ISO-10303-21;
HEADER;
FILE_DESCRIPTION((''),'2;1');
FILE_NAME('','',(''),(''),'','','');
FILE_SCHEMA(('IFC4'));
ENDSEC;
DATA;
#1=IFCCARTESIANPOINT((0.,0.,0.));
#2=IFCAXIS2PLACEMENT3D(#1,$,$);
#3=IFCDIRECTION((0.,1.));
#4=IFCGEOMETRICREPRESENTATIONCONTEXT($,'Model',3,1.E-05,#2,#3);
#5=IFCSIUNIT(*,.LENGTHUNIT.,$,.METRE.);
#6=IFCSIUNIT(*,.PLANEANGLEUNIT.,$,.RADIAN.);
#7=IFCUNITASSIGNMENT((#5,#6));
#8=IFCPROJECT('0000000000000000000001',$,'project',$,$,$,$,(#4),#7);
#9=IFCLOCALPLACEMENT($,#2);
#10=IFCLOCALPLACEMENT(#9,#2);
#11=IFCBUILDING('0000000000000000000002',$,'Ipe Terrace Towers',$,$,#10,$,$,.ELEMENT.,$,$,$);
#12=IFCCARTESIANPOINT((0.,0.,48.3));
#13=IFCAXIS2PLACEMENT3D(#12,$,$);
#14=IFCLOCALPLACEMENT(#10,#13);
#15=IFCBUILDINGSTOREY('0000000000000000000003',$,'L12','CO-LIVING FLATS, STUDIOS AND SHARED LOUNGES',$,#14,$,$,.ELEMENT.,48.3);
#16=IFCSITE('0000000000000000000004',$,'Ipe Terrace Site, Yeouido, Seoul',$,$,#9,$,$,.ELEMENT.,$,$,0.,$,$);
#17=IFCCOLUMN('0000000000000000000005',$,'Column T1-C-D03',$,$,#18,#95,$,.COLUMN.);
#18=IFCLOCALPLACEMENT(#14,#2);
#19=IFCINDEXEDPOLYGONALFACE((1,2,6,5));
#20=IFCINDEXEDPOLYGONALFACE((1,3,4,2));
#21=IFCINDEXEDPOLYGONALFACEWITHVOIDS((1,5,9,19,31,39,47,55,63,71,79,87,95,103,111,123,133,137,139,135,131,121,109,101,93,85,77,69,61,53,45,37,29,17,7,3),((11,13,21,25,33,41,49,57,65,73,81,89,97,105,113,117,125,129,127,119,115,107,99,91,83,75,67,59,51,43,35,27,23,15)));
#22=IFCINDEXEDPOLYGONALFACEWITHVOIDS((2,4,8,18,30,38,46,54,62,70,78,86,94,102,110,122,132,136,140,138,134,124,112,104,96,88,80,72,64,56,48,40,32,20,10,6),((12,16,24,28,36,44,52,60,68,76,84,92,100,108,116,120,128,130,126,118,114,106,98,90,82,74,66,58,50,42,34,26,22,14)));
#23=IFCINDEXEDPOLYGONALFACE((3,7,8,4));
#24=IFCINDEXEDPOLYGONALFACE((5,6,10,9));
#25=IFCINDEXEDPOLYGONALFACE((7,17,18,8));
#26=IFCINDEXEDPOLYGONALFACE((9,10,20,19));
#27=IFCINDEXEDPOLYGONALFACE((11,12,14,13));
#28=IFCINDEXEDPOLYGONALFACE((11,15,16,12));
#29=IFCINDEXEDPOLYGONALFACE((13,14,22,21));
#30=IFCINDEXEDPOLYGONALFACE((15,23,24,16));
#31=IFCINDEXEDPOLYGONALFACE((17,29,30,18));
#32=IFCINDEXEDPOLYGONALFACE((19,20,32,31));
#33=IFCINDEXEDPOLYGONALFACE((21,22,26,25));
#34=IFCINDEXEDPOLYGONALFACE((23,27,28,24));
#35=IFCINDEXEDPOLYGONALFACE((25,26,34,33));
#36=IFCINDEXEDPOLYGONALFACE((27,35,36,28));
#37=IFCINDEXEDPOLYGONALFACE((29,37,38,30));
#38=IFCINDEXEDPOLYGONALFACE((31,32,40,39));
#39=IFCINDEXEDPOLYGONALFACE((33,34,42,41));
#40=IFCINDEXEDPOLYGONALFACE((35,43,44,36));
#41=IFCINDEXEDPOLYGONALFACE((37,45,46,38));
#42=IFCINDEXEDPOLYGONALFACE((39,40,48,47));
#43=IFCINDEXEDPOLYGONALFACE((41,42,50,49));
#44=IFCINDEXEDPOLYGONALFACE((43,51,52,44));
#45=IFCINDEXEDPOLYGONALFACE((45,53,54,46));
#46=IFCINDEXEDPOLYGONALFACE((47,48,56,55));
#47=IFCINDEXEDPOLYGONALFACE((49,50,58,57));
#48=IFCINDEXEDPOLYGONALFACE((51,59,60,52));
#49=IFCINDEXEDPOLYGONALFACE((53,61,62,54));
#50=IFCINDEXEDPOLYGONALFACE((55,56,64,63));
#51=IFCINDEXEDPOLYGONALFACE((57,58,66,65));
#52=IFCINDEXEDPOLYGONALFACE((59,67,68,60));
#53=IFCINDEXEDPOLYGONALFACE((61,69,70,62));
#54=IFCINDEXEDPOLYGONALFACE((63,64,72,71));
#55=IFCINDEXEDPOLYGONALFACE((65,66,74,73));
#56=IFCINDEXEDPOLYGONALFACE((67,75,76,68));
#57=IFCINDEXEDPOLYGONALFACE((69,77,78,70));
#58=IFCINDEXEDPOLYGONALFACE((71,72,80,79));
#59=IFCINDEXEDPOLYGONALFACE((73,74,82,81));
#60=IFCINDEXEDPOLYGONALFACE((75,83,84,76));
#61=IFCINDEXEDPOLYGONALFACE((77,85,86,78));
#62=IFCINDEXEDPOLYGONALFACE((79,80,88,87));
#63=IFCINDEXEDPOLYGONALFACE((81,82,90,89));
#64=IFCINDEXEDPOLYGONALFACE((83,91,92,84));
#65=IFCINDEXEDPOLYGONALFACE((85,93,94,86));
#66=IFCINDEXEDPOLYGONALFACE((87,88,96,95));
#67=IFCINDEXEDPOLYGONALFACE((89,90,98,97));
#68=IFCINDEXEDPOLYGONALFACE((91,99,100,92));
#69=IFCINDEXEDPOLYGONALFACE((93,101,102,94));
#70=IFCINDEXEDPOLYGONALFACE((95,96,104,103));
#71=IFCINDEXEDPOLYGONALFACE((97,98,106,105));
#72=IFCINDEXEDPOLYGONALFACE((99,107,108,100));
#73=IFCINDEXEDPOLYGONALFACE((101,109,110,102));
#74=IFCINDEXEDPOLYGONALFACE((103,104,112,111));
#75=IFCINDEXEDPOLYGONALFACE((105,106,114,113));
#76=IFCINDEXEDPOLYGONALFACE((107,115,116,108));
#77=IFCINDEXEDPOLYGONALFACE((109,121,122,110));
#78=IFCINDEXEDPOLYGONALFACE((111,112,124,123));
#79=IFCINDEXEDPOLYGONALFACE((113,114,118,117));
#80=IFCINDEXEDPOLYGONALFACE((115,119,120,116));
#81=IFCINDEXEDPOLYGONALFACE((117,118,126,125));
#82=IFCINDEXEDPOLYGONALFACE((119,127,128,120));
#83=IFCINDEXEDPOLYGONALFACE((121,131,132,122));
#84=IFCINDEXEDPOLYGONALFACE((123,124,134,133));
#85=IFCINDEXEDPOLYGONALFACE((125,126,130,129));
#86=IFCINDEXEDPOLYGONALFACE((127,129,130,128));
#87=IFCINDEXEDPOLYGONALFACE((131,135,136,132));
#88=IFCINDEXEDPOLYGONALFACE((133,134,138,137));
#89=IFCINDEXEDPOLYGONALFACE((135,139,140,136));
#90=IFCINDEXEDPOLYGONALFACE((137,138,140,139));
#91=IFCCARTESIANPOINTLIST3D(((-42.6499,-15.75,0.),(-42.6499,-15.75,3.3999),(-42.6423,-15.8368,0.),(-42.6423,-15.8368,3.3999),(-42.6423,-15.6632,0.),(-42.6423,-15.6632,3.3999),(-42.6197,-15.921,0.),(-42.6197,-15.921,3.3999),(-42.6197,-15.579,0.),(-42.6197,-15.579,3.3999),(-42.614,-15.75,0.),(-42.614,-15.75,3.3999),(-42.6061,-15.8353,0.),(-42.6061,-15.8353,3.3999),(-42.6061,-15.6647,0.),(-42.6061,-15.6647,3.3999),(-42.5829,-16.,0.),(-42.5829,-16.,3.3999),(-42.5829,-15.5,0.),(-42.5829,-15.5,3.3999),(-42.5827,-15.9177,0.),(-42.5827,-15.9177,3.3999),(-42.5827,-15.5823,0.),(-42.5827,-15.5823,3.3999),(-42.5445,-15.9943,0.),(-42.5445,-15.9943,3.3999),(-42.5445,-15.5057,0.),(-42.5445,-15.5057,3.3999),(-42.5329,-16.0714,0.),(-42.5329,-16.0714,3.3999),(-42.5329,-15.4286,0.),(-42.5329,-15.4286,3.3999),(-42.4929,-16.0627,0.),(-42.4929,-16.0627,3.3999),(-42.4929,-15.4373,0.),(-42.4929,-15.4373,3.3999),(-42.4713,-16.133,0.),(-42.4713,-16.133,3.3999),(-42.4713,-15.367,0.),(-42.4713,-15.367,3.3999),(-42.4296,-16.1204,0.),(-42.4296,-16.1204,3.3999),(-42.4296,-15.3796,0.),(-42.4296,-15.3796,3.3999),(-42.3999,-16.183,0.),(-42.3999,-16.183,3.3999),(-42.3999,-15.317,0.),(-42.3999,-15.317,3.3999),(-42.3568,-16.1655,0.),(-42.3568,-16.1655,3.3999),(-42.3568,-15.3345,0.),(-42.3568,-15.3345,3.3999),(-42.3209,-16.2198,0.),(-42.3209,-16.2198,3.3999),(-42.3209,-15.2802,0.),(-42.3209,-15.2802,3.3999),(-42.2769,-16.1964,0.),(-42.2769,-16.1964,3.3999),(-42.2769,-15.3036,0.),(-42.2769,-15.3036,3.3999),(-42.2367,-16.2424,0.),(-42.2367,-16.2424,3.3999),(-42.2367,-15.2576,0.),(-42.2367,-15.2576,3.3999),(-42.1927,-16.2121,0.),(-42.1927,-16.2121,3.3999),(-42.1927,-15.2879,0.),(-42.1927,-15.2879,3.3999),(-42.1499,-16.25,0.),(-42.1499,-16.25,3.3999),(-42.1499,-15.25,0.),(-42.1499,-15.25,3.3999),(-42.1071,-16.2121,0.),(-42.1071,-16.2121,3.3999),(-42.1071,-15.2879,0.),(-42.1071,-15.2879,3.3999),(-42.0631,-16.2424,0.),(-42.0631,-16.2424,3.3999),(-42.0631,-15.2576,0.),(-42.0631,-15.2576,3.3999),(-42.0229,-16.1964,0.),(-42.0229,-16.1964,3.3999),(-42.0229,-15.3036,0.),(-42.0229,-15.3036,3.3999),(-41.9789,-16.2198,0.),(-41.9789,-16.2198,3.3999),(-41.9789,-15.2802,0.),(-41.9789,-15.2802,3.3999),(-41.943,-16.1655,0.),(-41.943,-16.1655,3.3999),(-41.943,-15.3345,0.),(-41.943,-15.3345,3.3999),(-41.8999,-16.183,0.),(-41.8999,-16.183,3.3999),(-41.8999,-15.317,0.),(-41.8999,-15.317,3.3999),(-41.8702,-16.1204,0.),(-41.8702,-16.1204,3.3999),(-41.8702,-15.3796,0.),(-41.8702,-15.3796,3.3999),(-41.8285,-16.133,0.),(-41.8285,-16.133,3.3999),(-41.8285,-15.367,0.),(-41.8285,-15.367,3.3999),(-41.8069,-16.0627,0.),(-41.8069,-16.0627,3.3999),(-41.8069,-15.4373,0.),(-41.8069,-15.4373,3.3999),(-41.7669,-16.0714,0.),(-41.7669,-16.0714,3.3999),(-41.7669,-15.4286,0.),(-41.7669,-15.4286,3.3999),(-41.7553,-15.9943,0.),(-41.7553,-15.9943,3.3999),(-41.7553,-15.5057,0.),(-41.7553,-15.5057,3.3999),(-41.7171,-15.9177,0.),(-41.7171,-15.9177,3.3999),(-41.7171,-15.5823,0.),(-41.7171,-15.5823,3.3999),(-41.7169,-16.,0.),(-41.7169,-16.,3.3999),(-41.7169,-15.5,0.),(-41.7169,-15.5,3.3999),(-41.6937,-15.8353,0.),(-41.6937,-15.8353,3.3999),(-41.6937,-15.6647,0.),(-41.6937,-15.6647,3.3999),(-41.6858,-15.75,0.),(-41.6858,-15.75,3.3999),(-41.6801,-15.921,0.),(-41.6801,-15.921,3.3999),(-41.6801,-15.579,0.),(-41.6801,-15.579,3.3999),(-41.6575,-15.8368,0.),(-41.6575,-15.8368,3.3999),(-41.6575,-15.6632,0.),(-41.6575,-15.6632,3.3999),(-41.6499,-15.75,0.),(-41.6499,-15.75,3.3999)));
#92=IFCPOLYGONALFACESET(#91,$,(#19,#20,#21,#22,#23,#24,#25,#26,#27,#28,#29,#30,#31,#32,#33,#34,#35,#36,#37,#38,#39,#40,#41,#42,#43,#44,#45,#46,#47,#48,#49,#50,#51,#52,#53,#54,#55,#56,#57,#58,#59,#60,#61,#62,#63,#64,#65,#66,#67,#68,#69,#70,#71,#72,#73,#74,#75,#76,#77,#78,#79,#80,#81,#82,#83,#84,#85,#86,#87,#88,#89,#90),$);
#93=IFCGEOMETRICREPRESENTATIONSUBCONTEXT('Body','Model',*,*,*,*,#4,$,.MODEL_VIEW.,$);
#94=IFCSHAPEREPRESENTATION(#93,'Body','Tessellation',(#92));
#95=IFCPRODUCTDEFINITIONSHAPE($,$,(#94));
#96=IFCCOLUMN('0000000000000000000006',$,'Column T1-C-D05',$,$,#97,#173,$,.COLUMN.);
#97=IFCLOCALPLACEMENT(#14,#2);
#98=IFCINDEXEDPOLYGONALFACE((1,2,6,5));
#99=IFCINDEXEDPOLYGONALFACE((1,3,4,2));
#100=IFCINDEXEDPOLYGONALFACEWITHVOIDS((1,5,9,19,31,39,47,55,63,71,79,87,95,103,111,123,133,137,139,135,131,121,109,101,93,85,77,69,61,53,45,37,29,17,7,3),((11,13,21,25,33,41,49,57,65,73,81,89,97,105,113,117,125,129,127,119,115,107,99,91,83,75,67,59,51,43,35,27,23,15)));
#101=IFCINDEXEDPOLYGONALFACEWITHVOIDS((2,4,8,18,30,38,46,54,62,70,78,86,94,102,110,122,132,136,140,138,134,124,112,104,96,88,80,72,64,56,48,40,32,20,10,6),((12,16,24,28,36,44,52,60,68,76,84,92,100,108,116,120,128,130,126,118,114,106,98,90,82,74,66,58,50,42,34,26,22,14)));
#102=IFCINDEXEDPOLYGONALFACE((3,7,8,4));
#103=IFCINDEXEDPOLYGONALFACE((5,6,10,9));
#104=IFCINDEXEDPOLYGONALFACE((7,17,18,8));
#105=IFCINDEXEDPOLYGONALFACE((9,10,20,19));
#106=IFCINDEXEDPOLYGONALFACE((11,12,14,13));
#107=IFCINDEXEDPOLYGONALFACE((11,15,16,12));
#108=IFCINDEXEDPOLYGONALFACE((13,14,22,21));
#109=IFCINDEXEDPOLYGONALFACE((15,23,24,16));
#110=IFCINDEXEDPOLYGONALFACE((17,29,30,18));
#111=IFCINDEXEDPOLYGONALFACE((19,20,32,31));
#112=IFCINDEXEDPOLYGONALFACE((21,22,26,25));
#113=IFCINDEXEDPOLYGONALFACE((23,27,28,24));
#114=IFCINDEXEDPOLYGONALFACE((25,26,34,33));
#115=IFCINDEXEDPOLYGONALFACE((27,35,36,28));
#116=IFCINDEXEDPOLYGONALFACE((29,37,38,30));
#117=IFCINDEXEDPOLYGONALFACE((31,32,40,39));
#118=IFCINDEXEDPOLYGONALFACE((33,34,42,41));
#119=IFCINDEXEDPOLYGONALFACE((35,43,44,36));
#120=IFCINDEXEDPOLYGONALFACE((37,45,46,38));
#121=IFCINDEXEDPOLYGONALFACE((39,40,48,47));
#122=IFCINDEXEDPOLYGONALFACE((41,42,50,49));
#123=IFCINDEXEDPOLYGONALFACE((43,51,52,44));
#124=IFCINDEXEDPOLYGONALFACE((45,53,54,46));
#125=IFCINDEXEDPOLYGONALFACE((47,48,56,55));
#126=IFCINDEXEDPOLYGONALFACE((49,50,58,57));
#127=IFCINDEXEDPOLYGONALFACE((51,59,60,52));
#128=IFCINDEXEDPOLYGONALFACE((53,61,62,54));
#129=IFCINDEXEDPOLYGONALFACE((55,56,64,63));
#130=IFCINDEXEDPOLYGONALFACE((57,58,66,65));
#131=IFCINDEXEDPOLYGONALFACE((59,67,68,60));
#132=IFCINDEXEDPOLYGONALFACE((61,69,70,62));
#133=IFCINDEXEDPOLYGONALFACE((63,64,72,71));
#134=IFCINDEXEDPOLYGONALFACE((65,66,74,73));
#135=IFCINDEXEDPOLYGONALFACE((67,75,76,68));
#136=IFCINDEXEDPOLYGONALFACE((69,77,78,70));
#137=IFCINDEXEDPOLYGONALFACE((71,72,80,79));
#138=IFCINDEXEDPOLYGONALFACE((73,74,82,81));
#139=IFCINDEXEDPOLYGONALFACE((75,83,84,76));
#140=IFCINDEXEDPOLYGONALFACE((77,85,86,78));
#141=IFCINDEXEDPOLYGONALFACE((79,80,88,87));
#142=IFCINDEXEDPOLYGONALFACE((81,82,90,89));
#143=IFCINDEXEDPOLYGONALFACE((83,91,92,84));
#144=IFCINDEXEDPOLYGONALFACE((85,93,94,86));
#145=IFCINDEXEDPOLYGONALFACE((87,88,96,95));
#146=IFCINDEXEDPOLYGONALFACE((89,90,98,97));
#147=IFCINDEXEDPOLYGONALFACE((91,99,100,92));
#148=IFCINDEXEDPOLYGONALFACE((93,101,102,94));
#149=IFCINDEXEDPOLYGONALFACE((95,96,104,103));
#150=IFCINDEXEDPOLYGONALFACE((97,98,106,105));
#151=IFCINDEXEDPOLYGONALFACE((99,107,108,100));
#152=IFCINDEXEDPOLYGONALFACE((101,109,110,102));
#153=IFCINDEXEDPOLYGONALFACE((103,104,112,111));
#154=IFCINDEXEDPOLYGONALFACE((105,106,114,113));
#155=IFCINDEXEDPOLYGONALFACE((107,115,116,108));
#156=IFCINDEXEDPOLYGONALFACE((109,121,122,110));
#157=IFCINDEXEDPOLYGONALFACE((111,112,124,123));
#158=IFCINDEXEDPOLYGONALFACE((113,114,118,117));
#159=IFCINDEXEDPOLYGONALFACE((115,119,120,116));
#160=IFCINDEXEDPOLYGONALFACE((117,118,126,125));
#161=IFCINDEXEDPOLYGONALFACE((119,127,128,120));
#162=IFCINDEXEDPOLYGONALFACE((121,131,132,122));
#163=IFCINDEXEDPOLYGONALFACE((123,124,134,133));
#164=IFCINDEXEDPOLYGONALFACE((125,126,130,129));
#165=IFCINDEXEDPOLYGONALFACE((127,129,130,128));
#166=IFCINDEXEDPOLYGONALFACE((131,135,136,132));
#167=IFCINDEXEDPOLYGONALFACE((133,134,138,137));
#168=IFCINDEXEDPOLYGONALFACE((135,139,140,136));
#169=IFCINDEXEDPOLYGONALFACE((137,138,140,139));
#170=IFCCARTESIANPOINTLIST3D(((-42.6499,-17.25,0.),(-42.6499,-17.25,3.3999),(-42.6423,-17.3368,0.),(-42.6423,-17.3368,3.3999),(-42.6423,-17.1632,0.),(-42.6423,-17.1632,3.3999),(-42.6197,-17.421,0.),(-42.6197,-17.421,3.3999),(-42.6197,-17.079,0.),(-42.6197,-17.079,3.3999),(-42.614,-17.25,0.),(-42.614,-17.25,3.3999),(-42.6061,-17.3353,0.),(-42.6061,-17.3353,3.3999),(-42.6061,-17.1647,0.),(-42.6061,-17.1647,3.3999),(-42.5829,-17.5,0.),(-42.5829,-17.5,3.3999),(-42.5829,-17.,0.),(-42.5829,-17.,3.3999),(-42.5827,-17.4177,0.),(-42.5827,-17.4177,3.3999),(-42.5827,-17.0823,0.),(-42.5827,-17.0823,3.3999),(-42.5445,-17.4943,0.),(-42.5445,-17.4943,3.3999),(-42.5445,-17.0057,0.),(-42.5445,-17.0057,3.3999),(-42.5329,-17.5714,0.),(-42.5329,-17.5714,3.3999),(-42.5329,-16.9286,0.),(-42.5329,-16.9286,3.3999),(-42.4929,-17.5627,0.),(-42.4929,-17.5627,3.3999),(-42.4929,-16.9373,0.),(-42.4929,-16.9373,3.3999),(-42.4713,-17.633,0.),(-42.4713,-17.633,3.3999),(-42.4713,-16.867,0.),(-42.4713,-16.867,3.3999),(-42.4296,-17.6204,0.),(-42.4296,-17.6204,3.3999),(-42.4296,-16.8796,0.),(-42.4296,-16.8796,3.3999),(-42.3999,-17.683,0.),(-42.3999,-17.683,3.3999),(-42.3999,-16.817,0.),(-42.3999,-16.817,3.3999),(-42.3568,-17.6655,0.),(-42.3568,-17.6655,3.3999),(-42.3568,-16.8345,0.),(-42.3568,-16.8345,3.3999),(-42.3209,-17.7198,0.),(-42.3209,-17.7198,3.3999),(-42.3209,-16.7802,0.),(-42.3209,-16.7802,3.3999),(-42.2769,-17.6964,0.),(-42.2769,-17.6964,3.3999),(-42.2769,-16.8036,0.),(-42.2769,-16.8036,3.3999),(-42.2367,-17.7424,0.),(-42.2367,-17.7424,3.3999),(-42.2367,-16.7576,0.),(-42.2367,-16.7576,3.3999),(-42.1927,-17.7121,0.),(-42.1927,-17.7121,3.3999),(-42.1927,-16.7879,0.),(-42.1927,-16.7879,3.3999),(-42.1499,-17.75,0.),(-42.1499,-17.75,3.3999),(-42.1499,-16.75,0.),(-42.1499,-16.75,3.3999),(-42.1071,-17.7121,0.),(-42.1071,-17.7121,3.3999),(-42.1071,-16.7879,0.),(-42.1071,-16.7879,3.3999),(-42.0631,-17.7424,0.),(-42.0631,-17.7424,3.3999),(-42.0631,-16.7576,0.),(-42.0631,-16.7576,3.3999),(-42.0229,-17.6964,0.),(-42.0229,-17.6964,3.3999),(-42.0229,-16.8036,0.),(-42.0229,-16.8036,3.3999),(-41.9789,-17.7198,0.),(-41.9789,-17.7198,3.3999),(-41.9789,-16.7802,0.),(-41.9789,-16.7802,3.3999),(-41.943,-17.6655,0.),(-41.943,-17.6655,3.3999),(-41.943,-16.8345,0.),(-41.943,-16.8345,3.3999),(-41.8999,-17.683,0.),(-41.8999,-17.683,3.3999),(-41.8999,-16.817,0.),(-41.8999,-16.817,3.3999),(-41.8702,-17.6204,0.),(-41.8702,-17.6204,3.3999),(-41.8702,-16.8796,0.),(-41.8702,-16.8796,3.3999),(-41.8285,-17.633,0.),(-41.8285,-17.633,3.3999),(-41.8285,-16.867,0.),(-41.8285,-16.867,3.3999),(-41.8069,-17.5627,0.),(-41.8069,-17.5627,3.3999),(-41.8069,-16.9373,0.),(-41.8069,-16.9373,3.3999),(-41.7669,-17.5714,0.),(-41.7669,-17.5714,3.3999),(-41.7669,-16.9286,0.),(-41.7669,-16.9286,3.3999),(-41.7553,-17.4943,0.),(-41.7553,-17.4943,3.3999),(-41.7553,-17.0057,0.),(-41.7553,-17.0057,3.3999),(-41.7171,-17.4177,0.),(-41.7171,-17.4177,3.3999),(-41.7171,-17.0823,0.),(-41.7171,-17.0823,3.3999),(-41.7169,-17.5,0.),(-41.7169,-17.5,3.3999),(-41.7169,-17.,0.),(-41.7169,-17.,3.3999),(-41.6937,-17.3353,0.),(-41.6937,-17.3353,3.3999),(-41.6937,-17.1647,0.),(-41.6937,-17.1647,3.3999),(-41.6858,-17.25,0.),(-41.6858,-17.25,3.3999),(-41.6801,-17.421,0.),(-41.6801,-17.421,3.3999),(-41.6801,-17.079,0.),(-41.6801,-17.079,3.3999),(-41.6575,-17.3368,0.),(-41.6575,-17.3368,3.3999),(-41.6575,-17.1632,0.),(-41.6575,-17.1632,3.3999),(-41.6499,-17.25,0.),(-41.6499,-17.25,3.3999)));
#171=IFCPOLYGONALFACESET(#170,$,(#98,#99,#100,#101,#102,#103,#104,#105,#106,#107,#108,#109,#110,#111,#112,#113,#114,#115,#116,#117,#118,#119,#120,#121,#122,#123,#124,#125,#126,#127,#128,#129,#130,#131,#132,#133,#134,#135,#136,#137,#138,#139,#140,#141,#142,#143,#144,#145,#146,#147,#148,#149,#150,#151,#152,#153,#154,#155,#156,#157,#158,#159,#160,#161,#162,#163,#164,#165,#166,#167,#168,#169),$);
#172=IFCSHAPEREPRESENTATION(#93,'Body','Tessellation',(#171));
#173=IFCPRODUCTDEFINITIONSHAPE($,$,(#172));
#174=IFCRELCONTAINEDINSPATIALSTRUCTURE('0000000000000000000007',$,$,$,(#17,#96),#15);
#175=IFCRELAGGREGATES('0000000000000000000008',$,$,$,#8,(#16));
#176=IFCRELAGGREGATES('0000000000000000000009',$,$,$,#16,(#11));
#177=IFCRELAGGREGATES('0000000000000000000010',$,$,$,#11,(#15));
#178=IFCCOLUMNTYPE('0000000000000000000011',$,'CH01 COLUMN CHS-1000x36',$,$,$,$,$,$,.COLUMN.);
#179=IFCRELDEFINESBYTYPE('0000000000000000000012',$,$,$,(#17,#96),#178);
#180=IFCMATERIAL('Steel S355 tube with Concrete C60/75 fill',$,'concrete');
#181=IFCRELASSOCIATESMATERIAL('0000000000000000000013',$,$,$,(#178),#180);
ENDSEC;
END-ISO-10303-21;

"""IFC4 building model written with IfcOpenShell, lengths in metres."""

from ifc_helpers import new_model, si_unit, direction, frame, origin, origin_2d, place, context, subcontext, project, spatial, hollow_circle, extrude, material, material_profile, profile_set, type_object, element, save


model = new_model("IFC4")

# Units and contexts
model_context = context("Model", 3, precision=1e-05, world=origin(), true_north=direction((0.0, 1.0)))
body_context = subcontext(model_context, "Body", "Model", "MODEL_VIEW")
ifc_project = project(units=[si_unit("LENGTHUNIT", "METRE"), si_unit("PLANEANGLEUNIT", "RADIAN")], contexts=[model_context])

# Site, building, storey
site_placement = place(None, origin())
site = spatial("IfcSite", under=ifc_project, at=site_placement, Name="Ipe Terrace Site, Yeouido, Seoul", CompositionType="ELEMENT", RefElevation=0.0)
building_placement = place(site_placement, origin())
building = spatial("IfcBuilding", under=site, at=building_placement, Name="Ipe Terrace Towers", CompositionType="ELEMENT")
storey_placement = place(building_placement, frame((0.0, 0.0, 48.3)))
storey = spatial("IfcBuildingStorey", under=building, at=storey_placement, Name="L12", Description="CO-LIVING FLATS, STUDIOS AND SHARED LOUNGES", CompositionType="ELEMENT", Elevation=48.3)

# Columns
ifc_material_1 = material(Name="Steel S355 tube with Concrete C60/75 fill", Category="concrete")
ifc_material_profile_1 = material_profile(ifc_material_1, hollow_circle(Radius=0.5, WallThickness=0.0359, at=origin_2d()), Name="CHS-1000x36")
ifc_profile_set_1 = profile_set([ifc_material_profile_1], Name="Steel S355 tube with Concrete C60/75 fill")
column_type_1 = type_object("IfcColumnType", Name="CH01 COLUMN CHS-1000x36", PredefinedType="COLUMN", material=ifc_profile_set_1)
for number, where, z_axis, x_axis, name in (
    (1, (-42.1499, -15.75, 0.0), (0.0, 0.0, 1.0), (1.0, 0.0, 0.0), "Column T1-C-D03"),
    (2, (-42.1499, -17.25, 0.0), (0.0, 0.0, 1.0), (1.0, 0.0, 0.0), "Column T1-C-D05"),
):
    element("IfcColumn", number, at=place(storey_placement, frame(where, z_axis=z_axis, x_axis=x_axis)), inside=storey, type_object=column_type_1, Name=name, PredefinedType="COLUMN", context=body_context, shape_type="SweptSolid", body=[
        extrude(hollow_circle(Radius=0.5, WallThickness=0.0359, at=origin_2d()), origin(), (0.0, 0.0, 1.0), 3.3999),
    ])

save(model, "model.ifc")
